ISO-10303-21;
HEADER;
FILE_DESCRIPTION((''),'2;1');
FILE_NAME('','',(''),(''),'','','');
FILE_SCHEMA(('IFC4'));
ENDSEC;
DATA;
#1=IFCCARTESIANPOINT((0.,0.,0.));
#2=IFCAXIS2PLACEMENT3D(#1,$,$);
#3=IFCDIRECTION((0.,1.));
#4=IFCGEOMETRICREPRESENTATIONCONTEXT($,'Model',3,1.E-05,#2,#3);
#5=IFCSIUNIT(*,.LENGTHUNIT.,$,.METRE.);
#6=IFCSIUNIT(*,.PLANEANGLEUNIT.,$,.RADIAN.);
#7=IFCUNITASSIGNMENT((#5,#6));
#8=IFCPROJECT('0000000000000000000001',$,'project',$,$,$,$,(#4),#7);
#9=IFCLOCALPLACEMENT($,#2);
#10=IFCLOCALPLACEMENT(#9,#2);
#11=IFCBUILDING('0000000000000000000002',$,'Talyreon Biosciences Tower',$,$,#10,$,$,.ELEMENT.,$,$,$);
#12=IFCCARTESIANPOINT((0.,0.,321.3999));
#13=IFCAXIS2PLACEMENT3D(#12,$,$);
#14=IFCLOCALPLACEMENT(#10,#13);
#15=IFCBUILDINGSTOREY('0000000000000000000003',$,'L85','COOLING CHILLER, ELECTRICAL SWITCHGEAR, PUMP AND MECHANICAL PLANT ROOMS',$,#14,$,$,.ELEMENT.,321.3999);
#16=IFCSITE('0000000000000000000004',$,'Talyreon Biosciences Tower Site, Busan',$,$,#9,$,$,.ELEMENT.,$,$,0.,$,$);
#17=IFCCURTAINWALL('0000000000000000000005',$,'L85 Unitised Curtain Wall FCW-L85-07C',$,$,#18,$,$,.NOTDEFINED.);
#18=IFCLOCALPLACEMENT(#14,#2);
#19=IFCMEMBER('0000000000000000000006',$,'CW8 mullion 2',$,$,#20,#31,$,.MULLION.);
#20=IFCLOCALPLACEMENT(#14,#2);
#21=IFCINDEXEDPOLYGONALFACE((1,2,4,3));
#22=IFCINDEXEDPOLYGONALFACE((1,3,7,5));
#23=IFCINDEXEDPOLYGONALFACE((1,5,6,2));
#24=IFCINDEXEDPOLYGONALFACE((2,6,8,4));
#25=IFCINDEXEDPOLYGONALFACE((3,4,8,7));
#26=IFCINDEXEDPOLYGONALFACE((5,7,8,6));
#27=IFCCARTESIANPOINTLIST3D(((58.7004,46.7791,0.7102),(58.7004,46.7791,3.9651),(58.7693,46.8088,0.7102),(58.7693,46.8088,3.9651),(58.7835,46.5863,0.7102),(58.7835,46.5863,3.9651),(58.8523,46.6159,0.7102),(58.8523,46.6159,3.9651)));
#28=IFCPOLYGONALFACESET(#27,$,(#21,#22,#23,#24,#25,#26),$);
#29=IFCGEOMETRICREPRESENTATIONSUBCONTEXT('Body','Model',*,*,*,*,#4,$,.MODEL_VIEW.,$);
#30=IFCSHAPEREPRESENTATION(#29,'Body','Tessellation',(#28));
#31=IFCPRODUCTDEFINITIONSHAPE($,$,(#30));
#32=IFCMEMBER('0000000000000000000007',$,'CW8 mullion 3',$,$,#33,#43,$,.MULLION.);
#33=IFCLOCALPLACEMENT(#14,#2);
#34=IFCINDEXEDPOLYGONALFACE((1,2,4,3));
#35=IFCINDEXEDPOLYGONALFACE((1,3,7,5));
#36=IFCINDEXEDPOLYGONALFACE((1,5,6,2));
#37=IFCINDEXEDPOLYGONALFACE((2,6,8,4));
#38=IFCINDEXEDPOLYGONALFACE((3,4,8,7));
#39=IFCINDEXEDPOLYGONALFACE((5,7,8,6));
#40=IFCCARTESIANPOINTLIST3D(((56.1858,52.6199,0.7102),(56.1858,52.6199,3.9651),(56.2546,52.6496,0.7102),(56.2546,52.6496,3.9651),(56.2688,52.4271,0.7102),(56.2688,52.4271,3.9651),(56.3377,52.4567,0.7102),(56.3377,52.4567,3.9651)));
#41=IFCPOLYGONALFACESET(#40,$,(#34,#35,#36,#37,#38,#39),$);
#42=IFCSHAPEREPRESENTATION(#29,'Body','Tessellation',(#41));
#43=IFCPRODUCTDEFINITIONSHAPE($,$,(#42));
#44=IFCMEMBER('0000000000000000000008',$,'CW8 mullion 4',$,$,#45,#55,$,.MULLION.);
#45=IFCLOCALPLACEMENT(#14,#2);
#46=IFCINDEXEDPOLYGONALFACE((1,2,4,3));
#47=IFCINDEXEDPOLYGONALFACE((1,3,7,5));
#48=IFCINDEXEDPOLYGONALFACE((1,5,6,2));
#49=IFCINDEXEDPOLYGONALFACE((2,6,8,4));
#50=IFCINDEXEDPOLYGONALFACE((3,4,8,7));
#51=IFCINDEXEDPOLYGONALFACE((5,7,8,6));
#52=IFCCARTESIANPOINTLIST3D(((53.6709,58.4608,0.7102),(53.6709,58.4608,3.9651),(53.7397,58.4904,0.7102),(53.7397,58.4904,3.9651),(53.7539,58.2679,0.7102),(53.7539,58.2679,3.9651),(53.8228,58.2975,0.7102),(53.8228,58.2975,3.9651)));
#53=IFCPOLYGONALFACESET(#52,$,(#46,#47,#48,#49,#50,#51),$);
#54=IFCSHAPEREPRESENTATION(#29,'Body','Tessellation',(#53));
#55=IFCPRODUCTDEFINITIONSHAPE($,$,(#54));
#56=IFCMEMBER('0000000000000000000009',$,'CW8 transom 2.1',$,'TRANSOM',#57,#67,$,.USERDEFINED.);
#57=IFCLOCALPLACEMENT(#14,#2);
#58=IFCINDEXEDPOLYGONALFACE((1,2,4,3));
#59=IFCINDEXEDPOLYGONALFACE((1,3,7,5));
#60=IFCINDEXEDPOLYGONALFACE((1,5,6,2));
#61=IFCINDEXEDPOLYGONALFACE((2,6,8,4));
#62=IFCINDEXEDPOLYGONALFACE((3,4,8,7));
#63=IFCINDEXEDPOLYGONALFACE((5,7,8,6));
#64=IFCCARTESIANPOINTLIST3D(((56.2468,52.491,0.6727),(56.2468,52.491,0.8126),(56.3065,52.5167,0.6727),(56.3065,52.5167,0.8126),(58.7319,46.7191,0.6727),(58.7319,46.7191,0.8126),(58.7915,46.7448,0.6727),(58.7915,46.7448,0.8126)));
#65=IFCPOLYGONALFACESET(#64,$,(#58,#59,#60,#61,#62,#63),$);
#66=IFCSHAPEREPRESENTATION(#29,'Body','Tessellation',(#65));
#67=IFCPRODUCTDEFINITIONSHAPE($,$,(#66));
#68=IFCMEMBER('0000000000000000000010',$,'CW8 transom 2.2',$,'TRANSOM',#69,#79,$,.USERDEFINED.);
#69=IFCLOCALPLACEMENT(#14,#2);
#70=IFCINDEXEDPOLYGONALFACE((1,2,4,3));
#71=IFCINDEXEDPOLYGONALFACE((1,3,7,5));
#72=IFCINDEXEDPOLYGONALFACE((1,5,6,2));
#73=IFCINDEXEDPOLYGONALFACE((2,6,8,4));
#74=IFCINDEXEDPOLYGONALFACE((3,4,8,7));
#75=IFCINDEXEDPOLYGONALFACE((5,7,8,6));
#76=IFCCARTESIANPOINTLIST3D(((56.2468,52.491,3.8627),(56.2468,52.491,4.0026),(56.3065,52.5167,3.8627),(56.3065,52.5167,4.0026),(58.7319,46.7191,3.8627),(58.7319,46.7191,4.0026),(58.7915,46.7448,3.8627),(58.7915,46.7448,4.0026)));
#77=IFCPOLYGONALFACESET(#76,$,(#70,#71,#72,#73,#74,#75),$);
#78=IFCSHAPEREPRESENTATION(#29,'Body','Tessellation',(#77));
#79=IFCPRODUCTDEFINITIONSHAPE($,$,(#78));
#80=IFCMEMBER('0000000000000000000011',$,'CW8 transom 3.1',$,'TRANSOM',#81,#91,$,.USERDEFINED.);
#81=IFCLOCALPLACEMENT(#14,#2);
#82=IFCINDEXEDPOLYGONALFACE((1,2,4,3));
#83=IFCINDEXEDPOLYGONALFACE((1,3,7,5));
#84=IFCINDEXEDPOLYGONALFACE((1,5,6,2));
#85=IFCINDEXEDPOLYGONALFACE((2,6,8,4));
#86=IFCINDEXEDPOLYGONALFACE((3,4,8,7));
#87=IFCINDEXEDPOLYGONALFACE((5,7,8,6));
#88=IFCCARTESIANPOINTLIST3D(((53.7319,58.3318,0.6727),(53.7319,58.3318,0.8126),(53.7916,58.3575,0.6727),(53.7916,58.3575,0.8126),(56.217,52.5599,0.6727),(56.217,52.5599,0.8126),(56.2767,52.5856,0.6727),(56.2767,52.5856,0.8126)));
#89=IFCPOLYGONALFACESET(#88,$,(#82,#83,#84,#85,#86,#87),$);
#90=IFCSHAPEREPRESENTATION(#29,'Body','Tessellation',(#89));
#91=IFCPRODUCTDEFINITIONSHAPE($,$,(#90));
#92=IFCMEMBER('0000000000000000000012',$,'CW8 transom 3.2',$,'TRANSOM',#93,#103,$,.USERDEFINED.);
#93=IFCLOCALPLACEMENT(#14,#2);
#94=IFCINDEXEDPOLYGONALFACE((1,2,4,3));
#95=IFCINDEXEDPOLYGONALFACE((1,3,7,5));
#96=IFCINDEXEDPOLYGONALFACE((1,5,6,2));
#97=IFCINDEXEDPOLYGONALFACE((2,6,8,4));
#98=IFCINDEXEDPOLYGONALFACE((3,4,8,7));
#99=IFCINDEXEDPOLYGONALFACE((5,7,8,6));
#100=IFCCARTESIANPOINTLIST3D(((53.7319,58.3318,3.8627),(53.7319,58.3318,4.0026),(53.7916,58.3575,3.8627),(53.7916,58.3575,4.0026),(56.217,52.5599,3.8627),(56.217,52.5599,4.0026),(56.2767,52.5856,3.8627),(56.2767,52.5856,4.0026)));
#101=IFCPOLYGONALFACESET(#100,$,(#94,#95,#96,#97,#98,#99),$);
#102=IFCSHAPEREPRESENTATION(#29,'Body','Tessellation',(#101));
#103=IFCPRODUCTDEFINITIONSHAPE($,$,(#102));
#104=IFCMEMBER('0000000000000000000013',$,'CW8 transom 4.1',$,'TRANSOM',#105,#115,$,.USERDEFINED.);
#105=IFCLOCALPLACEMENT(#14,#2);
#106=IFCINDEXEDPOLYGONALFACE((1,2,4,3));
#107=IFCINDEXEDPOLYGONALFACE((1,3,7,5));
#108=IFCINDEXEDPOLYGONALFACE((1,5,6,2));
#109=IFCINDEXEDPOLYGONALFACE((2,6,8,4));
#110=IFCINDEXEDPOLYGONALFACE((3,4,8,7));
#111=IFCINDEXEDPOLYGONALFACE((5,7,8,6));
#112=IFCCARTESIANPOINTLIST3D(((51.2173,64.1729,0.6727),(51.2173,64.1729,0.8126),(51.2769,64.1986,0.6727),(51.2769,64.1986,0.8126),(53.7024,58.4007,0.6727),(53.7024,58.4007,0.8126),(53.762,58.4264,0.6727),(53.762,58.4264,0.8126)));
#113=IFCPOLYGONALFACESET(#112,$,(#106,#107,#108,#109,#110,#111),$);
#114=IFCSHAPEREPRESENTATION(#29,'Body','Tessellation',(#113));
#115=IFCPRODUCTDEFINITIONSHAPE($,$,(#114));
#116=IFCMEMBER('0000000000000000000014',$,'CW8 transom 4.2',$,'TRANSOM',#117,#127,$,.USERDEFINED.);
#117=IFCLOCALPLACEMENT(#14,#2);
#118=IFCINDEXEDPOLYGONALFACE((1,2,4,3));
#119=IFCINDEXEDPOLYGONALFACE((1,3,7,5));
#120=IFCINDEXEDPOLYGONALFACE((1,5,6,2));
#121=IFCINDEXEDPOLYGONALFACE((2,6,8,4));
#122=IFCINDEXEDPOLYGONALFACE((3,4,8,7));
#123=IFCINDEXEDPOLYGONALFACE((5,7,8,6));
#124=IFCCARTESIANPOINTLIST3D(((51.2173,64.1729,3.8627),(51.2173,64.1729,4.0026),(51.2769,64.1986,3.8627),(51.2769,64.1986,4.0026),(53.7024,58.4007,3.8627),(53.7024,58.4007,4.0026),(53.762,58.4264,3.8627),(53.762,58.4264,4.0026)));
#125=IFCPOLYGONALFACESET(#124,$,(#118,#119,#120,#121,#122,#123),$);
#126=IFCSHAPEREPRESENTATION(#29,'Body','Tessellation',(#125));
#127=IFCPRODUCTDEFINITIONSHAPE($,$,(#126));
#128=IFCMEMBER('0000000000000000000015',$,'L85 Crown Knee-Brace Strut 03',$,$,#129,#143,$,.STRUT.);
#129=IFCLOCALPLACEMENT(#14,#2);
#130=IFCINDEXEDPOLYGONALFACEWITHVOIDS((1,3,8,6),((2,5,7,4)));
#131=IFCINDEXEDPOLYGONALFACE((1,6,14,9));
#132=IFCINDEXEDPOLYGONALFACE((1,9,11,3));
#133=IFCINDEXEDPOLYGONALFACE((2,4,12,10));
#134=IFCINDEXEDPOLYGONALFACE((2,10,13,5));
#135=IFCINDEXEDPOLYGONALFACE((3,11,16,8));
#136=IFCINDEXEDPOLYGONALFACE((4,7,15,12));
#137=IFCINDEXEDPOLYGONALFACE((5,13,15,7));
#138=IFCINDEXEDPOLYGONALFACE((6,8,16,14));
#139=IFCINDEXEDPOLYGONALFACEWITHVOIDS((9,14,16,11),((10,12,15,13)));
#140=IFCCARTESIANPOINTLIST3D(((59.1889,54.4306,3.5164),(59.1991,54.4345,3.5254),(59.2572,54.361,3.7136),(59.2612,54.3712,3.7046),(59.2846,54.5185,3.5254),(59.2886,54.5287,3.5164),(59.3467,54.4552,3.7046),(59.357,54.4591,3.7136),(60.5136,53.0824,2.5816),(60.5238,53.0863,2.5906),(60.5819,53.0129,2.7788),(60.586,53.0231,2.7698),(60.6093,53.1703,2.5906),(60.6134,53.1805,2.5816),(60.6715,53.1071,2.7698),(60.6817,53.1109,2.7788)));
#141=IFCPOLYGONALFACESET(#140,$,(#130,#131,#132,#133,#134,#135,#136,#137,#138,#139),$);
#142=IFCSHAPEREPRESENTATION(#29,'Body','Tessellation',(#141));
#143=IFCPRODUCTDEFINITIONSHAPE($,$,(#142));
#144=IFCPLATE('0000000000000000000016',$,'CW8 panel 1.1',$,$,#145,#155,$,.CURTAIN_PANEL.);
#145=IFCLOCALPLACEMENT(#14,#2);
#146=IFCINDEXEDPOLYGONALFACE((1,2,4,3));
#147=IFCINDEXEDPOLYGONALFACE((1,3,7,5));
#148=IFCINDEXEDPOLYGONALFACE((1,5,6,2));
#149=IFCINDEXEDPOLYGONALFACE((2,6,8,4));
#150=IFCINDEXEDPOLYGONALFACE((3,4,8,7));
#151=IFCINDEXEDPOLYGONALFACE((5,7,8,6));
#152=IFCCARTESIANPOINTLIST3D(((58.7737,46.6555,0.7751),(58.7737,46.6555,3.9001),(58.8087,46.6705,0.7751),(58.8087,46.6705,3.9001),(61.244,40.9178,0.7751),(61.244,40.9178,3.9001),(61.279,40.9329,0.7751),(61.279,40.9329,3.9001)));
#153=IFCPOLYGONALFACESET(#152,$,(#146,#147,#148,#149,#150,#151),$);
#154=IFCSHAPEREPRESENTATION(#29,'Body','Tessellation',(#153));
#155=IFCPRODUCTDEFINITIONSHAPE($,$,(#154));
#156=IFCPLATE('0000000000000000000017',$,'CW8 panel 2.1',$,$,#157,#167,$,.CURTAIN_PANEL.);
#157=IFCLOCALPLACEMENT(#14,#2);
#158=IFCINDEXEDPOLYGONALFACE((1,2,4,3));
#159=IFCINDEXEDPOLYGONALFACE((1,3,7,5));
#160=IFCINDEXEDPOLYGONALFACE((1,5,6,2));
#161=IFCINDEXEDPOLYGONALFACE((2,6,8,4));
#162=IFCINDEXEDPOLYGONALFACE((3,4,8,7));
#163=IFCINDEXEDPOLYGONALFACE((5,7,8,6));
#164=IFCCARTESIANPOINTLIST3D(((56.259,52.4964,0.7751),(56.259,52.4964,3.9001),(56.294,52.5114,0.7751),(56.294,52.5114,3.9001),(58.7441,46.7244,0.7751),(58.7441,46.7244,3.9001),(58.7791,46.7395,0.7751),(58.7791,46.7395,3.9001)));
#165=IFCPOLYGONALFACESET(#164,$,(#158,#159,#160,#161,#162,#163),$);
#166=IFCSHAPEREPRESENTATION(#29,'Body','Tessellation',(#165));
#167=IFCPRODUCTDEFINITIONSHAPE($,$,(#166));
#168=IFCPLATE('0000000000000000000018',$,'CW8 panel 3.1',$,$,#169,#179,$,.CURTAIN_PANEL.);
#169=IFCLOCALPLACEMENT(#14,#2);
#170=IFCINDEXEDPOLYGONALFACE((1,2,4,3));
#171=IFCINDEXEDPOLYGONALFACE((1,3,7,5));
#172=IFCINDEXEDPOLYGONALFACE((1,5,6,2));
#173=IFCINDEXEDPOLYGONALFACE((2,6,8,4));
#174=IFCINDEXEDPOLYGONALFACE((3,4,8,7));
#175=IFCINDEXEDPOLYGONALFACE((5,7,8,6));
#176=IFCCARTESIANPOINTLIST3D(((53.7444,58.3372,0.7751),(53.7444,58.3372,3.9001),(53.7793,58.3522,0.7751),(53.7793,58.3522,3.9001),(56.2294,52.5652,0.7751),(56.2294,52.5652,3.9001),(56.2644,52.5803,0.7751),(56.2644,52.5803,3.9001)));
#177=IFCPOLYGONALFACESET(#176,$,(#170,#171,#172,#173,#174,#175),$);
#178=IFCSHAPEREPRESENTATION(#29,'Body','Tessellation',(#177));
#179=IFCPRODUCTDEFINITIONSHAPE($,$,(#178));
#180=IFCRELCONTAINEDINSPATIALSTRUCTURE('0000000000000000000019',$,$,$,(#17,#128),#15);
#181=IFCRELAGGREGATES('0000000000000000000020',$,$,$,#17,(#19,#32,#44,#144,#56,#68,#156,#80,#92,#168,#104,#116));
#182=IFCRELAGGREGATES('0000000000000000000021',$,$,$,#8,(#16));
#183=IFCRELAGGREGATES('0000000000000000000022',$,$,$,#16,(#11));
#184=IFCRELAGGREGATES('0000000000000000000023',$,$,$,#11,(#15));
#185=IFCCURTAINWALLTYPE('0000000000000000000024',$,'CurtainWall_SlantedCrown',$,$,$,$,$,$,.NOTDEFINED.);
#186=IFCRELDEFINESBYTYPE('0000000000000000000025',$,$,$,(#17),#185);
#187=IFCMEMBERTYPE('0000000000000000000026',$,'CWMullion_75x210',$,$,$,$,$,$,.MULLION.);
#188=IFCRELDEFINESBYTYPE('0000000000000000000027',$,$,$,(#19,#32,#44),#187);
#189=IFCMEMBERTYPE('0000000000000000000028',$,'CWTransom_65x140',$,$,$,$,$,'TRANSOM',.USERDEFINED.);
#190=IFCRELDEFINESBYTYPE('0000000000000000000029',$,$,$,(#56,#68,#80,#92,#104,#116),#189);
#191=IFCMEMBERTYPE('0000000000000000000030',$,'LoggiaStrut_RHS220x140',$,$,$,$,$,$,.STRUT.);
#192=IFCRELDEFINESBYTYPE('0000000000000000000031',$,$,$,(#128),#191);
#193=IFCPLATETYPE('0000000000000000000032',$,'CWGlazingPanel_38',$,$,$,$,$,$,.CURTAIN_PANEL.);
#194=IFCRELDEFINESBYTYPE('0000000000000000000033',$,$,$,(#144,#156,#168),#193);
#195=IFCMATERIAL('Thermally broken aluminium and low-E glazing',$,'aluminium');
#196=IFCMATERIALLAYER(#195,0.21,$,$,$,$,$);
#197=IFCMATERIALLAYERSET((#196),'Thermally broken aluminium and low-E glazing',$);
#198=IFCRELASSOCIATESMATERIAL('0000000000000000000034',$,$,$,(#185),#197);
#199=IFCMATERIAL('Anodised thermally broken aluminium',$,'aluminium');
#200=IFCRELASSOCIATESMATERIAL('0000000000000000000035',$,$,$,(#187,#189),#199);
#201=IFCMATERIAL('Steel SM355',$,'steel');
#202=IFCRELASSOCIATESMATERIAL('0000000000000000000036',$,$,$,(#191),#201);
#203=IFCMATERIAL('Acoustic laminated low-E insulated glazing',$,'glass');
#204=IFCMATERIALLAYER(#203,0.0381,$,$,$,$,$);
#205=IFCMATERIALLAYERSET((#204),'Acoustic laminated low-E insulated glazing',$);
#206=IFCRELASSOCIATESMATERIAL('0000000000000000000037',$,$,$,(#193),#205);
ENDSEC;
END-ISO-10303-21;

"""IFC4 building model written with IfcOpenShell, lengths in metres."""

from ifc_helpers import new_model, si_unit, direction, frame, origin, origin_2d, place, context, subcontext, project, spatial, rectangle, hollow_rectangle, extrude, material, layer, layer_set, material_profile, profile_set, type_object, element, aggregate, save


model = new_model("IFC4")

# Units and contexts
model_context = context("Model", 3, precision=1e-05, world=origin(), true_north=direction((0.0, 1.0)))
body_context = subcontext(model_context, "Body", "Model", "MODEL_VIEW")
ifc_project = project(units=[si_unit("LENGTHUNIT", "METRE"), si_unit("PLANEANGLEUNIT", "RADIAN")], contexts=[model_context])

# Site, building, storey
site_placement = place(None, origin())
site = spatial("IfcSite", under=ifc_project, at=site_placement, Name="Talyreon Biosciences Tower Site, Busan", CompositionType="ELEMENT", RefElevation=0.0)
building_placement = place(site_placement, origin())
building = spatial("IfcBuilding", under=site, at=building_placement, Name="Talyreon Biosciences Tower", CompositionType="ELEMENT")
storey_placement = place(building_placement, frame((0.0, 0.0, 321.3999)))
storey = spatial("IfcBuildingStorey", under=building, at=storey_placement, Name="L85", Description="COOLING CHILLER, ELECTRICAL SWITCHGEAR, PUMP AND MECHANICAL PLANT ROOMS", CompositionType="ELEMENT", Elevation=321.3999)

# Curtain wall, members
ifc_material_1 = material(Name="Thermally broken aluminium and low-E glazing", Category="aluminium")
ifc_layer_1 = layer(ifc_material_1, 0.21)
ifc_layer_set_1 = layer_set([ifc_layer_1], Name="Thermally broken aluminium and low-E glazing")
curtain_wall_type = type_object("IfcCurtainWallType", Name="CurtainWall_SlantedCrown", PredefinedType="NOTDEFINED", material=ifc_layer_set_1)
curtain_wall_placement = place(storey_placement, origin())
curtain_wall = element("IfcCurtainWall", 1, at=curtain_wall_placement, inside=storey, type_object=curtain_wall_type, Name="L85 Unitised Curtain Wall FCW-L85-07C", PredefinedType="NOTDEFINED")
ifc_material_2 = material(Name="Anodised thermally broken aluminium", Category="aluminium")
ifc_material_profile_1 = material_profile(ifc_material_2, rectangle(XDim=0.075, YDim=0.21, at=origin_2d()), Name="ALUM MULLION 75x210")
ifc_profile_set_1 = profile_set([ifc_material_profile_1], Name="Anodised thermally broken aluminium")
member_type_1 = type_object("IfcMemberType", Name="CWMullion_75x210", PredefinedType="MULLION", material=ifc_profile_set_1)
member_1_placement = place(storey_placement, frame((58.7764, 46.6975, 0.7102), z_axis=(0.0, 0.0, 1.0), x_axis=(-0.918487, -0.395451, 0.0)))
member_1 = element("IfcMember", 2, at=member_1_placement, type_object=member_type_1, Name="CW8 mullion 2", PredefinedType="MULLION", context=body_context, shape_type="SweptSolid", body=[
    extrude(rectangle(XDim=0.075, YDim=0.21, at=origin_2d()), origin(), (0.0, 0.0, 1.0), 3.2549),
])
member_2_placement = place(storey_placement, frame((56.2617, 52.5383, 0.7102), z_axis=(0.0, 0.0, 1.0), x_axis=(-0.918487, -0.395451, 0.0)))
member_2 = element("IfcMember", 3, at=member_2_placement, type_object=member_type_1, Name="CW8 mullion 3", PredefinedType="MULLION", context=body_context, shape_type="SweptSolid", body=[
    extrude(rectangle(XDim=0.075, YDim=0.21, at=origin_2d()), origin(), (0.0, 0.0, 1.0), 3.2549),
])
member_3_placement = place(storey_placement, frame((53.7468, 58.3792, 0.7102), z_axis=(0.0, 0.0, 1.0), x_axis=(-0.918487, -0.395451, 0.0)))
member_3 = element("IfcMember", 4, at=member_3_placement, type_object=member_type_1, Name="CW8 mullion 4", PredefinedType="MULLION", context=body_context, shape_type="SweptSolid", body=[
    extrude(rectangle(XDim=0.075, YDim=0.21, at=origin_2d()), origin(), (0.0, 0.0, 1.0), 3.2549),
])
ifc_material_profile_2 = material_profile(ifc_material_2, rectangle(XDim=0.0649, YDim=0.1399, at=origin_2d()), Name="ALUM TRANSOM 65x140")
ifc_profile_set_2 = profile_set([ifc_material_profile_2], Name="Anodised thermally broken aluminium")
member_type_2 = type_object("IfcMemberType", Name="CWTransom_65x140", ElementType="TRANSOM", PredefinedType="USERDEFINED", material=ifc_profile_set_2)
member_4_placement = place(storey_placement, frame((58.7617, 46.7319, 0.7427), z_axis=(-0.395452, 0.918487, 0.0), x_axis=(-0.918487, -0.395452, 0.0)))
member_4 = element("IfcMember", 5, at=member_4_placement, type_object=member_type_2, Name="CW8 transom 2.1", ObjectType="TRANSOM", PredefinedType="USERDEFINED", context=body_context, shape_type="SweptSolid", body=[
    extrude(rectangle(XDim=0.0649, YDim=0.1399, at=origin_2d()), origin(), (0.0, 0.0, 1.0), 6.2842),
])
member_5_placement = place(storey_placement, frame((58.7617, 46.7319, 3.9326), z_axis=(-0.395452, 0.918487, 0.0), x_axis=(-0.918487, -0.395452, 0.0)))
member_5 = element("IfcMember", 6, at=member_5_placement, type_object=member_type_2, Name="CW8 transom 2.2", ObjectType="TRANSOM", PredefinedType="USERDEFINED", context=body_context, shape_type="SweptSolid", body=[
    extrude(rectangle(XDim=0.0649, YDim=0.1399, at=origin_2d()), origin(), (0.0, 0.0, 1.0), 6.2842),
])
member_6_placement = place(storey_placement, frame((56.2468, 52.5728, 0.7427), z_axis=(-0.395452, 0.918487, 0.0), x_axis=(-0.918487, -0.395452, 0.0)))
member_6 = element("IfcMember", 7, at=member_6_placement, type_object=member_type_2, Name="CW8 transom 3.1", ObjectType="TRANSOM", PredefinedType="USERDEFINED", context=body_context, shape_type="SweptSolid", body=[
    extrude(rectangle(XDim=0.0649, YDim=0.1399, at=origin_2d()), origin(), (0.0, 0.0, 1.0), 6.2842),
])
member_7_placement = place(storey_placement, frame((56.2468, 52.5728, 3.9326), z_axis=(-0.395452, 0.918487, 0.0), x_axis=(-0.918487, -0.395452, 0.0)))
member_7 = element("IfcMember", 8, at=member_7_placement, type_object=member_type_2, Name="CW8 transom 3.2", ObjectType="TRANSOM", PredefinedType="USERDEFINED", context=body_context, shape_type="SweptSolid", body=[
    extrude(rectangle(XDim=0.0649, YDim=0.1399, at=origin_2d()), origin(), (0.0, 0.0, 1.0), 6.2842),
])
member_8_placement = place(storey_placement, frame((53.7322, 58.4136, 0.7427), z_axis=(-0.395438, 0.918493, 0.0), x_axis=(-0.918493, -0.395438, 0.0)))
member_8 = element("IfcMember", 9, at=member_8_placement, type_object=member_type_2, Name="CW8 transom 4.1", ObjectType="TRANSOM", PredefinedType="USERDEFINED", context=body_context, shape_type="SweptSolid", body=[
    extrude(rectangle(XDim=0.0649, YDim=0.1399, at=origin_2d()), origin(), (0.0, 0.0, 1.0), 6.2844),
])
member_9_placement = place(storey_placement, frame((53.7322, 58.4136, 3.9326), z_axis=(-0.395438, 0.918493, 0.0), x_axis=(-0.918493, -0.395438, 0.0)))
member_9 = element("IfcMember", 10, at=member_9_placement, type_object=member_type_2, Name="CW8 transom 4.2", ObjectType="TRANSOM", PredefinedType="USERDEFINED", context=body_context, shape_type="SweptSolid", body=[
    extrude(rectangle(XDim=0.0649, YDim=0.1399, at=origin_2d()), origin(), (0.0, 0.0, 1.0), 6.2844),
])

# Member
ifc_material_3 = material(Name="Steel SM355", Category="steel")
ifc_material_profile_3 = material_profile(ifc_material_3, hollow_rectangle(XDim=0.1399, YDim=0.22, WallThickness=0.01, at=origin_2d()), Name="RHS 220x140x10")
ifc_profile_set_3 = profile_set([ifc_material_profile_3], Name="Steel SM355")
member_type_3 = type_object("IfcMemberType", Name="LoggiaStrut_RHS220x140", PredefinedType="STRUT", material=ifc_profile_set_3)
member_10_placement = place(storey_placement, frame((60.5977, 53.0967, 2.6802), z_axis=(-0.628238, 0.639353, 0.443333), x_axis=(-0.71328, -0.700879, 0.0)))
element("IfcMember", 11, at=member_10_placement, inside=storey, type_object=member_type_3, Name="L85 Crown Knee-Brace Strut 03", PredefinedType="STRUT", context=body_context, shape_type="SweptSolid", body=[
    extrude(hollow_rectangle(XDim=0.1399, YDim=0.22, WallThickness=0.01, at=origin_2d()), origin(), (0.0, 0.0, 1.0), 2.1086),
])

# Plates
ifc_material_4 = material(Name="Acoustic laminated low-E insulated glazing", Category="glass")
ifc_layer_2 = layer(ifc_material_4, 0.0381)
ifc_layer_set_2 = layer_set([ifc_layer_2], Name="Acoustic laminated low-E insulated glazing")
plate_type = type_object("IfcPlateType", Name="CWGlazingPanel_38", PredefinedType="CURTAIN_PANEL", material=ifc_layer_set_2)
plate_1_placement = place(storey_placement, frame((60.0264, 43.7942, 0.7751), z_axis=(0.0, 0.0, 1.0), x_axis=(-0.395451, 0.918487, 0.0)))
plate_1 = element("IfcPlate", 12, at=plate_1_placement, type_object=plate_type, Name="CW8 panel 1.1", PredefinedType="CURTAIN_PANEL", context=body_context, shape_type="SweptSolid", body=[
    extrude(rectangle(XDim=6.2468, YDim=0.0381, at=origin_2d()), origin(), (0.0, 0.0, 1.0), 3.125),
])
plate_2_placement = place(storey_placement, frame((57.519, 49.6179, 0.7751), z_axis=(0.0, 0.0, 1.0), x_axis=(-0.395451, 0.918487, 0.0)))
plate_2 = element("IfcPlate", 13, at=plate_2_placement, type_object=plate_type, Name="CW8 panel 2.1", PredefinedType="CURTAIN_PANEL", context=body_context, shape_type="SweptSolid", body=[
    extrude(rectangle(XDim=6.2842, YDim=0.0381, at=origin_2d()), origin(), (0.0, 0.0, 1.0), 3.125),
])
plate_3_placement = place(storey_placement, frame((55.0044, 55.4587, 0.7751), z_axis=(0.0, 0.0, 1.0), x_axis=(-0.395451, 0.918487, 0.0)))
plate_3 = element("IfcPlate", 14, at=plate_3_placement, type_object=plate_type, Name="CW8 panel 3.1", PredefinedType="CURTAIN_PANEL", context=body_context, shape_type="SweptSolid", body=[
    extrude(rectangle(XDim=6.2842, YDim=0.0381, at=origin_2d()), origin(), (0.0, 0.0, 1.0), 3.125),
])
aggregate(curtain_wall, [member_1, member_2, member_3, plate_1, member_4, member_5, plate_2, member_6, member_7, plate_3, member_8, member_9])

save(model, "model.ifc")
